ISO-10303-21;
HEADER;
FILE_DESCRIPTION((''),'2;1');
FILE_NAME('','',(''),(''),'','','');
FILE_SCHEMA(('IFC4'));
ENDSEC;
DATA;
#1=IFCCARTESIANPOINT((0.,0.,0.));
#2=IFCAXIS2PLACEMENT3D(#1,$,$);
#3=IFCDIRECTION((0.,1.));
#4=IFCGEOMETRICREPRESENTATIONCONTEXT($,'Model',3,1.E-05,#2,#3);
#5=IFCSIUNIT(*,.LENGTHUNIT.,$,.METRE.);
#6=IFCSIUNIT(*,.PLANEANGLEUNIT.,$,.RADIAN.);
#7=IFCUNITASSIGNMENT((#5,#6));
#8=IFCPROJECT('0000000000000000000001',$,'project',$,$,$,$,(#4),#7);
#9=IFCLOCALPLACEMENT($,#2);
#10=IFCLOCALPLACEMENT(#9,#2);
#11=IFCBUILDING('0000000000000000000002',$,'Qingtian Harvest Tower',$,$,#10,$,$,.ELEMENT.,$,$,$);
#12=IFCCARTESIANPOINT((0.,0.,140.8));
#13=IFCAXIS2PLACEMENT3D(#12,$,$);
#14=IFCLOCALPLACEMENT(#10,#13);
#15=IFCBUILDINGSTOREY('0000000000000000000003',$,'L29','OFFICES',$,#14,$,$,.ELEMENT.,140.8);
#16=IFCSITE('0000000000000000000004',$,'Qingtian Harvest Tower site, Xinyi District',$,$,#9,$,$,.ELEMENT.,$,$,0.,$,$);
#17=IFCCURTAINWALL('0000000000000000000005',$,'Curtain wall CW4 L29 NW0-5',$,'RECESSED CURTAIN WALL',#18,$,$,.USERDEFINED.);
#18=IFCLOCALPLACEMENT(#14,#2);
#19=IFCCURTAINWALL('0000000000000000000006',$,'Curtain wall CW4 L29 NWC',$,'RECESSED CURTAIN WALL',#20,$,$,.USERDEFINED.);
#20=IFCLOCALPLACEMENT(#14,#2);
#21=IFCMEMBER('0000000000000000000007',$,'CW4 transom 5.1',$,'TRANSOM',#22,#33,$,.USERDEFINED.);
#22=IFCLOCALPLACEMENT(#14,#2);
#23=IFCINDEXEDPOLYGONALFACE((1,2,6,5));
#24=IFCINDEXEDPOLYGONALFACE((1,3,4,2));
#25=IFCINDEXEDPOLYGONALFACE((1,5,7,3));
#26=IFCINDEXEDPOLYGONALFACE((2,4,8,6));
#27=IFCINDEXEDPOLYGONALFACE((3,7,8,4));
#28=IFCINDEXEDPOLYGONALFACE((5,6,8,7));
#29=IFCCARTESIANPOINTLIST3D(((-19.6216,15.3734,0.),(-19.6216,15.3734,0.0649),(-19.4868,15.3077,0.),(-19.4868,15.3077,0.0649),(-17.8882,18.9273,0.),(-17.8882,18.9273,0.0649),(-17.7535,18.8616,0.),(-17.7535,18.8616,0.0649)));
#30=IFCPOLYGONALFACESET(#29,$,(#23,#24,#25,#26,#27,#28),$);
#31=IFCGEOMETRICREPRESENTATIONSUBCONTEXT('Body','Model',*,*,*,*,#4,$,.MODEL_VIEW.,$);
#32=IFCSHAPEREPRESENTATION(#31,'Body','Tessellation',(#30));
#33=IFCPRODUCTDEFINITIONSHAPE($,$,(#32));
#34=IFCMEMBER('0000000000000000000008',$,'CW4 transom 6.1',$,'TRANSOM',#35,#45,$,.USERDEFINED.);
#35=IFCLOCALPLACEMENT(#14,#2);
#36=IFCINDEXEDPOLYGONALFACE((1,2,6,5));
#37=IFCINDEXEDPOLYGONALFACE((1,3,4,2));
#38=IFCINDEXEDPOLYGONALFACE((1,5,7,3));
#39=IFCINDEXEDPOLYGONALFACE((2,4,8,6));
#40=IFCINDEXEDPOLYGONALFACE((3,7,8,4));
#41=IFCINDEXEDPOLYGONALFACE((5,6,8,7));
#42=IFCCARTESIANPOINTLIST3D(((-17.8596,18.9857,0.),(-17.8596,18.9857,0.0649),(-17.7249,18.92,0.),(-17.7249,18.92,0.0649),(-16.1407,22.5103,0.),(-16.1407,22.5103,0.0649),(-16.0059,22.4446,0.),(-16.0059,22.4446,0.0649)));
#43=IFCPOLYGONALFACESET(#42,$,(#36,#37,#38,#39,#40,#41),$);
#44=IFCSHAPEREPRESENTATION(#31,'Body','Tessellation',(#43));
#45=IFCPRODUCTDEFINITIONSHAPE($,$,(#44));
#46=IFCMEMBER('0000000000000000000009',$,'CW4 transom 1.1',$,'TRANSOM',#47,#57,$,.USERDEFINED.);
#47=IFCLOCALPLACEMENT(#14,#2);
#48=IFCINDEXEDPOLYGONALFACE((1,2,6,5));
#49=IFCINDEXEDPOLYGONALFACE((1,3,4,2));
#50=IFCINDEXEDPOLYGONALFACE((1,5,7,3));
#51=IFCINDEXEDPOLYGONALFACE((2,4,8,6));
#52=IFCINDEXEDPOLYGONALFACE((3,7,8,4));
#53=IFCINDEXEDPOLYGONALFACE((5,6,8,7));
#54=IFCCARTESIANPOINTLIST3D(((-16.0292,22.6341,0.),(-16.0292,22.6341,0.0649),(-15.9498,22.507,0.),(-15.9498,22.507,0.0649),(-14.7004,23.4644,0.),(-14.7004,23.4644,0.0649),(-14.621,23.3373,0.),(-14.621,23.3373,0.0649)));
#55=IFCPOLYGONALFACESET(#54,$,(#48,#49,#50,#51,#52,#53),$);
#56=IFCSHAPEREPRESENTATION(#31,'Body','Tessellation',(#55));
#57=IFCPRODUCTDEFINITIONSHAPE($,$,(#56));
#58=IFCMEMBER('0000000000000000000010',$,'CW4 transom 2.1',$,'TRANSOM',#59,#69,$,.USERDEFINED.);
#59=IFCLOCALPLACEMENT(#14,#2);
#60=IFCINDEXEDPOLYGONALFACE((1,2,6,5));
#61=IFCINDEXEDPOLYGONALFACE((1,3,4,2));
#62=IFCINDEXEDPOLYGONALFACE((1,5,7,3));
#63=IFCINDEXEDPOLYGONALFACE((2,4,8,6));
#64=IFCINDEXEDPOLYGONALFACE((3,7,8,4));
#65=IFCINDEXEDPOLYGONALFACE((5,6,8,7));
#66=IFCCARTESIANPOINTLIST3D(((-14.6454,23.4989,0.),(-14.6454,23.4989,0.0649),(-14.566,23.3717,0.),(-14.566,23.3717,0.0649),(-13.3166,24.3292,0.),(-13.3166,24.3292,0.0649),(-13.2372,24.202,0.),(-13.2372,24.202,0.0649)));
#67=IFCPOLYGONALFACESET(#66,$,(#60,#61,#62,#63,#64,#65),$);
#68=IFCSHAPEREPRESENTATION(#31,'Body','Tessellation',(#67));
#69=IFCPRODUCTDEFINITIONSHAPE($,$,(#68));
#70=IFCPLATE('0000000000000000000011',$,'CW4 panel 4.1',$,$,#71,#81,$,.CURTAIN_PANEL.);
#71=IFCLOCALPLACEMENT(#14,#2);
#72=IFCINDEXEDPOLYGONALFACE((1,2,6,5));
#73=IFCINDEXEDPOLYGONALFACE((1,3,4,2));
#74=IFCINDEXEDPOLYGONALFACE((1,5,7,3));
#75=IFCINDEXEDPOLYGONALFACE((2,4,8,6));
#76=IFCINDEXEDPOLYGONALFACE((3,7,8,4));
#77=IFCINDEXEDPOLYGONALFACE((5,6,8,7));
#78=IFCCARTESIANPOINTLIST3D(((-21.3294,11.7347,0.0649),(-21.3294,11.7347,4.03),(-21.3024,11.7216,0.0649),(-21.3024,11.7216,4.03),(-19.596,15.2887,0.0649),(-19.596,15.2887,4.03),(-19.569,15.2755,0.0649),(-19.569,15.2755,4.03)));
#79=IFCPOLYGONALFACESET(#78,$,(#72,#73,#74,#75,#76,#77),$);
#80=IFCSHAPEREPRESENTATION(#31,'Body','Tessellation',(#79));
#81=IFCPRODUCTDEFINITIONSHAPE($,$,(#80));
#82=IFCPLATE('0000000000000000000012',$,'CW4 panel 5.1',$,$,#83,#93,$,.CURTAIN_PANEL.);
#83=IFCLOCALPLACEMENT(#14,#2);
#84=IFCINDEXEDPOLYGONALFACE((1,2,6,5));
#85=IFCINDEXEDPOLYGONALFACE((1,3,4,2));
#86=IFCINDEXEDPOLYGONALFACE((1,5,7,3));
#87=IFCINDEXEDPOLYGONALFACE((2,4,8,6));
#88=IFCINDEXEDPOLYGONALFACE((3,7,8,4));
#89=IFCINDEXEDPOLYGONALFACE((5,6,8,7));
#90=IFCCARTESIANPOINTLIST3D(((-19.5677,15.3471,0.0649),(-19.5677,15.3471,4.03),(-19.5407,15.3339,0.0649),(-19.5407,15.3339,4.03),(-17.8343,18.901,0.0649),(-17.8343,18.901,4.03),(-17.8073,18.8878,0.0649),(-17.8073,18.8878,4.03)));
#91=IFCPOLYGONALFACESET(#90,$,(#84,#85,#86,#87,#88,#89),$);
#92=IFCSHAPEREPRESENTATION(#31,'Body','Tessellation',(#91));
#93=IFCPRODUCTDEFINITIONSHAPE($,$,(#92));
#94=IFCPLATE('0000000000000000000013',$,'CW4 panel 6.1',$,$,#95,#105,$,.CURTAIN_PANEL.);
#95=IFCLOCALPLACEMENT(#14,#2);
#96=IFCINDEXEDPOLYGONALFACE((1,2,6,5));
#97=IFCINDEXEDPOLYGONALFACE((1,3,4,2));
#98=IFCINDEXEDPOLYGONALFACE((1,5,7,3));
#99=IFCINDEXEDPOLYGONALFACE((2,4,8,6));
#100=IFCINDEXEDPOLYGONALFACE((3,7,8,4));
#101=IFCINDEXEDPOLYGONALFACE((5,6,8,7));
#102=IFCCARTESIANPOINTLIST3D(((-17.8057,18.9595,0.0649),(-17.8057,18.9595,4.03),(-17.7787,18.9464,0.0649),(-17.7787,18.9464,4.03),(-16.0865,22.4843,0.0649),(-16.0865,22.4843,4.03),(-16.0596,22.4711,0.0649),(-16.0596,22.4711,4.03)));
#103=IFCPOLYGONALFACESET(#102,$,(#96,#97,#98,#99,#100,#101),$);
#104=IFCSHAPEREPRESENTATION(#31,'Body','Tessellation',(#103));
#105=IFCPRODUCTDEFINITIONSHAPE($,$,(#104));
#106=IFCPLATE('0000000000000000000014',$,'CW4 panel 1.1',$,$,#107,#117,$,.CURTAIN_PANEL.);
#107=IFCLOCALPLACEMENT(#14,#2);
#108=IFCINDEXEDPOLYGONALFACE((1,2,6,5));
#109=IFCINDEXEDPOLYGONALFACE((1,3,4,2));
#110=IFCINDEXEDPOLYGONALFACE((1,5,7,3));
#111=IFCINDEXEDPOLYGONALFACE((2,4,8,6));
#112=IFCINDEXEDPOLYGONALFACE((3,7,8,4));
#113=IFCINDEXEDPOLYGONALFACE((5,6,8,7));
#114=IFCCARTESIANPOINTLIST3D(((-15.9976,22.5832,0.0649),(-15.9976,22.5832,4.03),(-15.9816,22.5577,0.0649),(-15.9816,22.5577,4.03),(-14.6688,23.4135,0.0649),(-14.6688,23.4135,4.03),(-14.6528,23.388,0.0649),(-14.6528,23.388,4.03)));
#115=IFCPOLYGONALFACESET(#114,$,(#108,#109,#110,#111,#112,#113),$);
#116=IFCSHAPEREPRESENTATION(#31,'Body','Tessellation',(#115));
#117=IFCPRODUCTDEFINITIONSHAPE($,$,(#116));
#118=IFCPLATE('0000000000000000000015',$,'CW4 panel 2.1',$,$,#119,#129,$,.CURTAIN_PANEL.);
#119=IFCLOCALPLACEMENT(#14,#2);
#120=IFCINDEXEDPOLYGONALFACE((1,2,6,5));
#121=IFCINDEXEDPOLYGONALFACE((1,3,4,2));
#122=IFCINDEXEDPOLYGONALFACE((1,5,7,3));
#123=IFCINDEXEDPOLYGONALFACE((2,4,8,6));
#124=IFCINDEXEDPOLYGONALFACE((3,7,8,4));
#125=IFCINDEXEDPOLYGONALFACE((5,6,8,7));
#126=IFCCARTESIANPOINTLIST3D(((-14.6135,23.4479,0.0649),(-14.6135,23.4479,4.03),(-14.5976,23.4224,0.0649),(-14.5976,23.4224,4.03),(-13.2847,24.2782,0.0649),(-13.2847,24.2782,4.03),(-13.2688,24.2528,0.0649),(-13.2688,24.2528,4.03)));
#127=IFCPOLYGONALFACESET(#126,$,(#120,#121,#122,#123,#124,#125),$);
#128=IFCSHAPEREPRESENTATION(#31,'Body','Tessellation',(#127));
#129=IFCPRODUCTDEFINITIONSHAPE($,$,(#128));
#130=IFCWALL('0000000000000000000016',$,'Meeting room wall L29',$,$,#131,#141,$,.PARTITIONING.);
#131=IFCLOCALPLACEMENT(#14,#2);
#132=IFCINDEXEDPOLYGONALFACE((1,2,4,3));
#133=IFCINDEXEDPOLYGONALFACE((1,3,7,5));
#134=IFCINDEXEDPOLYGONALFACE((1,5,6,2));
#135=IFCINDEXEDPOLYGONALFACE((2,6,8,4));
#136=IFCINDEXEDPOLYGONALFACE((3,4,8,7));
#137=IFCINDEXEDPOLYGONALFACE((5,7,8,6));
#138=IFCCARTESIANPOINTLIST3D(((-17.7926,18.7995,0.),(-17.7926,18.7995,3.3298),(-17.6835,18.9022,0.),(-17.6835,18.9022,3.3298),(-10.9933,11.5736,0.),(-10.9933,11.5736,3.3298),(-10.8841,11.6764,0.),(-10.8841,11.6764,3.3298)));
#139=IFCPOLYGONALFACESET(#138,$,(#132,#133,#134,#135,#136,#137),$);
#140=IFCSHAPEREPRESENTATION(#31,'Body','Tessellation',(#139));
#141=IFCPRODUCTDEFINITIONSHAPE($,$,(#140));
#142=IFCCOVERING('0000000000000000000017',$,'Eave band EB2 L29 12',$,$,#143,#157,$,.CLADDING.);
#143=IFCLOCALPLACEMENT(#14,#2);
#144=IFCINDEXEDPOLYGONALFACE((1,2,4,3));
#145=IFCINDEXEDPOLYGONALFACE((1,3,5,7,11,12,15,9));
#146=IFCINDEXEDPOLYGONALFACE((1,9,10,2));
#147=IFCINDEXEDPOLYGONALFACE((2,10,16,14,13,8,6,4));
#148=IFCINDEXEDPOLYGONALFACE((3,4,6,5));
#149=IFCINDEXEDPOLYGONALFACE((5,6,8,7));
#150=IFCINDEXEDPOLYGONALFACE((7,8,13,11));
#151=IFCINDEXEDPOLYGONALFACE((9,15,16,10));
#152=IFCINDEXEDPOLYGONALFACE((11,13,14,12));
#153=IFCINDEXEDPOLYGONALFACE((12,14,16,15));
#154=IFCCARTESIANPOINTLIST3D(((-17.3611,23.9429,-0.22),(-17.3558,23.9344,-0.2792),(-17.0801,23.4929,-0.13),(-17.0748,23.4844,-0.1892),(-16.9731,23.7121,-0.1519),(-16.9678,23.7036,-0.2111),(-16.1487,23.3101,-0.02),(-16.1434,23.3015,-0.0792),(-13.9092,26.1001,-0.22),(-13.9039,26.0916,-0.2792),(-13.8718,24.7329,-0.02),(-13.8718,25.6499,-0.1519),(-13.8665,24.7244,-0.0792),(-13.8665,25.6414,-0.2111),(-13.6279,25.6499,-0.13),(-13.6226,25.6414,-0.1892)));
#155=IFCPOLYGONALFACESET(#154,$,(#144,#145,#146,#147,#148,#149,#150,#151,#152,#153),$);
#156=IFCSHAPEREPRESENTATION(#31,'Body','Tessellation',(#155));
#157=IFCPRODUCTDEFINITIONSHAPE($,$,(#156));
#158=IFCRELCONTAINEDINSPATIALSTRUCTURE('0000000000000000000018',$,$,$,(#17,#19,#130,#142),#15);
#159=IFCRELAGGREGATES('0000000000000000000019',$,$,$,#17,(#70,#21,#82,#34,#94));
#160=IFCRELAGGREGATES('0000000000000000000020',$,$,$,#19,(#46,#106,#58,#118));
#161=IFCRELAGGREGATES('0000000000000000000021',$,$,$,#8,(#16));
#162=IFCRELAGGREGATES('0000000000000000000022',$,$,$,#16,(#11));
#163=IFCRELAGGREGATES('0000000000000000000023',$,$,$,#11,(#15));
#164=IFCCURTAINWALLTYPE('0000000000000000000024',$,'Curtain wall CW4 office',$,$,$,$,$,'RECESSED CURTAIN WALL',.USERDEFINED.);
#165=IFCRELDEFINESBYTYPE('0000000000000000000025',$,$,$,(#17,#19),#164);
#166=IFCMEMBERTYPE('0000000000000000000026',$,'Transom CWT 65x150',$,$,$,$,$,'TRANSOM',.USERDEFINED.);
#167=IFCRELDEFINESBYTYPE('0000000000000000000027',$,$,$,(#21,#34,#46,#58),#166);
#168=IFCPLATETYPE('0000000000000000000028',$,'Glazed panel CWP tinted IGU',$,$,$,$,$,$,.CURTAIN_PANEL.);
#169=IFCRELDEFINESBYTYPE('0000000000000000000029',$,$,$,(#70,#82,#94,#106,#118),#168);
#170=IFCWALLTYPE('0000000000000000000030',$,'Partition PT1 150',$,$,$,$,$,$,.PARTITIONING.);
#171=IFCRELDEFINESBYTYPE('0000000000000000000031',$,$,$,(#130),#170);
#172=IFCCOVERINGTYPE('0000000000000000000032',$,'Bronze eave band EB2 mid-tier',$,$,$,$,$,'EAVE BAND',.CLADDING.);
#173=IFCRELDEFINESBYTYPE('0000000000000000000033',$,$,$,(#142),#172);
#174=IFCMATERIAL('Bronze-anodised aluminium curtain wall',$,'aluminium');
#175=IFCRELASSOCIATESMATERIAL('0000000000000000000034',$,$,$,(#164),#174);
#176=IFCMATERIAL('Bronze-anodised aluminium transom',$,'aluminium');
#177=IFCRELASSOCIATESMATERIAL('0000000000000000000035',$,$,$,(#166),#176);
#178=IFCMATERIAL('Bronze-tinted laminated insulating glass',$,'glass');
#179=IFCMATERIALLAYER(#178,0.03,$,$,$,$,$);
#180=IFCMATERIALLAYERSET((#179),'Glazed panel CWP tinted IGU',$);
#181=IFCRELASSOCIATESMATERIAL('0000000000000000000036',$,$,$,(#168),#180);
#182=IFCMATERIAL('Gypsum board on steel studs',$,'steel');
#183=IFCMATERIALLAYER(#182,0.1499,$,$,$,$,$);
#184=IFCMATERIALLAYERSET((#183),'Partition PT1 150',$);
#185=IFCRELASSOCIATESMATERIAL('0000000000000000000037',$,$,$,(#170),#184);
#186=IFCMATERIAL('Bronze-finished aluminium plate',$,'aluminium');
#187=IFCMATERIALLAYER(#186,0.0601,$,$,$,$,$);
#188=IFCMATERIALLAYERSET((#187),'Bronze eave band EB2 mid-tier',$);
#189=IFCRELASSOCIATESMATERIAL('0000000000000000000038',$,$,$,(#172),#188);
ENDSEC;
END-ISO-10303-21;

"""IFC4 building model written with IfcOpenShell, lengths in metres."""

from ifc_helpers import new_model, si_unit, direction, frame, frame_2d, origin, origin_2d, place, context, subcontext, project, spatial, polyline, rectangle, outline, extrude, material, layer, layer_set, material_profile, profile_set, type_object, element, aggregate, save


model = new_model("IFC4")

# Units and contexts
model_context = context("Model", 3, precision=1e-05, world=origin(), true_north=direction((0.0, 1.0)))
body_context = subcontext(model_context, "Body", "Model", "MODEL_VIEW")
ifc_project = project(units=[si_unit("LENGTHUNIT", "METRE"), si_unit("PLANEANGLEUNIT", "RADIAN")], contexts=[model_context])

# Site, building, storey
site_placement = place(None, origin())
site = spatial("IfcSite", under=ifc_project, at=site_placement, Name="Qingtian Harvest Tower site, Xinyi District", CompositionType="ELEMENT", RefElevation=0.0)
building_placement = place(site_placement, origin())
building = spatial("IfcBuilding", under=site, at=building_placement, Name="Qingtian Harvest Tower", CompositionType="ELEMENT")
storey_placement = place(building_placement, frame((0.0, 0.0, 140.8)))
storey = spatial("IfcBuildingStorey", under=building, at=storey_placement, Name="L29", Description="OFFICES", CompositionType="ELEMENT", Elevation=140.8)

# Curtain walls
ifc_material_1 = material(Name="Bronze-anodised aluminium curtain wall", Category="aluminium")
curtain_wall_type = type_object("IfcCurtainWallType", Name="Curtain wall CW4 office", ElementType="RECESSED CURTAIN WALL", PredefinedType="USERDEFINED", material=ifc_material_1)
curtain_wall_1_placement = place(storey_placement, origin())
curtain_wall_1 = element("IfcCurtainWall", 1, at=curtain_wall_1_placement, inside=storey, type_object=curtain_wall_type, Name="Curtain wall CW4 L29 NW0-5", ObjectType="RECESSED CURTAIN WALL", PredefinedType="USERDEFINED")
curtain_wall_2_placement = place(storey_placement, origin())
curtain_wall_2 = element("IfcCurtainWall", 2, at=curtain_wall_2_placement, inside=storey, type_object=curtain_wall_type, Name="Curtain wall CW4 L29 NWC", ObjectType="RECESSED CURTAIN WALL", PredefinedType="USERDEFINED")

# Members
ifc_material_2 = material(Name="Bronze-anodised aluminium transom", Category="aluminium")
ifc_material_profile_1 = material_profile(ifc_material_2, rectangle(XDim=0.1499, YDim=0.0649, at=origin_2d()), Name="AL 65x150")
ifc_profile_set_1 = profile_set([ifc_material_profile_1], Name="Bronze-anodised aluminium transom")
member_type_1 = type_object("IfcMemberType", Name="Transom CWT 65x150", ElementType="TRANSOM", PredefinedType="USERDEFINED", material=ifc_profile_set_1)
member_1_placement = place(storey_placement, frame((-19.5542, 15.3406, 0.0325), z_axis=(0.438375, 0.898792, 0.0), x_axis=(-0.898792, 0.438375, 0.0)))
member_1 = element("IfcMember", 3, at=member_1_placement, type_object=member_type_1, Name="CW4 transom 5.1", ObjectType="TRANSOM", PredefinedType="USERDEFINED", context=body_context, shape_type="SweptSolid", body=[
    extrude(rectangle(XDim=0.1499, YDim=0.0649, at=origin_2d()), origin(), (0.0, 0.0, 1.0), 3.9541),
])
member_2_placement = place(storey_placement, frame((-17.7922, 18.9529, 0.0325), z_axis=(0.438351, 0.898804, 0.0), x_axis=(-0.898804, 0.438351, 0.0)))
member_2 = element("IfcMember", 4, at=member_2_placement, type_object=member_type_1, Name="CW4 transom 6.1", ObjectType="TRANSOM", PredefinedType="USERDEFINED", context=body_context, shape_type="SweptSolid", body=[
    extrude(rectangle(XDim=0.1499, YDim=0.0649, at=origin_2d()), origin(), (0.0, 0.0, 1.0), 3.9214),
])
member_3_placement = place(storey_placement, frame((-15.9895, 22.5706, 0.0325), z_axis=(0.84806, 0.529901, 0.0), x_axis=(-0.529901, 0.84806, 0.0)))
member_3 = element("IfcMember", 5, at=member_3_placement, type_object=member_type_1, Name="CW4 transom 1.1", ObjectType="TRANSOM", PredefinedType="USERDEFINED", context=body_context, shape_type="SweptSolid", body=[
    extrude(rectangle(XDim=0.1499, YDim=0.0649, at=origin_2d()), origin(), (0.0, 0.0, 1.0), 1.5669),
])
member_4_placement = place(storey_placement, frame((-14.6057, 23.4353, 0.0325), z_axis=(0.84806, 0.529901, 0.0), x_axis=(-0.529901, 0.84806, 0.0)))
member_4 = element("IfcMember", 6, at=member_4_placement, type_object=member_type_1, Name="CW4 transom 2.1", ObjectType="TRANSOM", PredefinedType="USERDEFINED", context=body_context, shape_type="SweptSolid", body=[
    extrude(rectangle(XDim=0.1499, YDim=0.0649, at=origin_2d()), origin(), (0.0, 0.0, 1.0), 1.5669),
])

# Plates
ifc_material_3 = material(Name="Bronze-tinted laminated insulating glass", Category="glass")
ifc_layer_1 = layer(ifc_material_3, 0.03)
ifc_layer_set_1 = layer_set([ifc_layer_1], Name="Glazed panel CWP tinted IGU")
plate_type = type_object("IfcPlateType", Name="Glazed panel CWP tinted IGU", PredefinedType="CURTAIN_PANEL", material=ifc_layer_set_1)
plate_1_placement = place(storey_placement, frame((-20.4492, 13.5051, 0.0649), z_axis=(0.0, 0.0, 1.0), x_axis=(0.438371, 0.898794, 0.0)))
plate_1 = element("IfcPlate", 7, at=plate_1_placement, type_object=plate_type, Name="CW4 panel 4.1", PredefinedType="CURTAIN_PANEL", context=body_context, shape_type="SweptSolid", body=[
    extrude(rectangle(XDim=3.9541, YDim=0.03, at=origin_2d()), origin(), (0.0, 0.0, 1.0), 3.9651),
])
plate_2_placement = place(storey_placement, frame((-18.6875, 17.1174, 0.0649), z_axis=(0.0, 0.0, 1.0), x_axis=(0.438371, 0.898794, 0.0)))
plate_2 = element("IfcPlate", 8, at=plate_2_placement, type_object=plate_type, Name="CW4 panel 5.1", PredefinedType="CURTAIN_PANEL", context=body_context, shape_type="SweptSolid", body=[
    extrude(rectangle(XDim=3.9541, YDim=0.03, at=origin_2d()), origin(), (0.0, 0.0, 1.0), 3.9651),
])
plate_3_placement = place(storey_placement, frame((-16.9326, 20.7153, 0.0649), z_axis=(0.0, 0.0, 1.0), x_axis=(0.438371, 0.898794, 0.0)))
plate_3 = element("IfcPlate", 9, at=plate_3_placement, type_object=plate_type, Name="CW4 panel 6.1", PredefinedType="CURTAIN_PANEL", context=body_context, shape_type="SweptSolid", body=[
    extrude(rectangle(XDim=3.9216, YDim=0.03, at=origin_2d()), origin(), (0.0, 0.0, 1.0), 3.9651),
])
aggregate(curtain_wall_1, [plate_1, member_1, plate_2, member_2, plate_3])
plate_4_placement = place(storey_placement, frame((-15.3252, 22.9856, 0.0649), z_axis=(0.0, 0.0, 1.0), x_axis=(0.848048, 0.529919, 0.0)))
plate_4 = element("IfcPlate", 10, at=plate_4_placement, type_object=plate_type, Name="CW4 panel 1.1", PredefinedType="CURTAIN_PANEL", context=body_context, shape_type="SweptSolid", body=[
    extrude(rectangle(XDim=1.5669, YDim=0.03, at=origin_2d()), origin(), (0.0, 0.0, 1.0), 3.9651),
])
plate_5_placement = place(storey_placement, frame((-13.9412, 23.8503, 0.0649), z_axis=(0.0, 0.0, 1.0), x_axis=(0.848048, 0.529919, 0.0)))
plate_5 = element("IfcPlate", 11, at=plate_5_placement, type_object=plate_type, Name="CW4 panel 2.1", PredefinedType="CURTAIN_PANEL", context=body_context, shape_type="SweptSolid", body=[
    extrude(rectangle(XDim=1.5669, YDim=0.03, at=origin_2d()), origin(), (0.0, 0.0, 1.0), 3.9651),
])
aggregate(curtain_wall_2, [member_3, plate_4, member_4, plate_5])

# Wall
ifc_material_4 = material(Name="Gypsum board on steel studs", Category="steel")
ifc_layer_2 = layer(ifc_material_4, 0.1499)
ifc_layer_set_2 = layer_set([ifc_layer_2], Name="Partition PT1 150")
wall_type = type_object("IfcWallType", Name="Partition PT1 150", PredefinedType="PARTITIONING", material=ifc_layer_set_2)
wall_placement = place(storey_placement, frame((-17.738, 18.8508, 0.0), z_axis=(0.0, 0.0, 1.0), x_axis=(0.685286, -0.728274, 0.0)))
element("IfcWall", 12, at=wall_placement, inside=storey, type_object=wall_type, Name="Meeting room wall L29", PredefinedType="PARTITIONING", context=body_context, shape_type="SweptSolid", body=[
    extrude(rectangle(XDim=9.9219, YDim=0.1499, at=frame_2d((4.9609, 0.0))), origin(), (0.0, 0.0, 1.0), 3.3298),
])

# Covering
ifc_material_5 = material(Name="Bronze-finished aluminium plate", Category="aluminium")
ifc_layer_3 = layer(ifc_material_5, 0.0601)
ifc_layer_set_3 = layer_set([ifc_layer_3], Name="Bronze eave band EB2 mid-tier")
covering_type = type_object("IfcCoveringType", Name="Bronze eave band EB2 mid-tier", ElementType="EAVE BAND", PredefinedType="CLADDING", material=ifc_layer_set_3)
covering_placement = place(storey_placement, frame((-16.1487, 23.3101, -0.02), z_axis=(-0.088594, 0.141778, 0.985926), x_axis=(-0.889653, 0.433886, -0.142337)))
element("IfcCovering", 13, at=covering_placement, inside=storey, type_object=covering_type, Name="Eave band EB2 L29 12", PredefinedType="CLADDING", context=body_context, shape_type="SweptSolid", body=[
    extrude(outline(polyline([(0.0, 0.0), (0.9267, 0.0), (0.9236, 0.2449), (1.3816, -0.0375), (-0.7534, -3.5032), (-1.2117, -3.2207), (-0.9916, -3.1134), (-1.4083, -2.2859), (0.0, 0.0)])), origin(), (0.0, 0.0, -1.0), 0.0601),
])

save(model, "model.ifc")
